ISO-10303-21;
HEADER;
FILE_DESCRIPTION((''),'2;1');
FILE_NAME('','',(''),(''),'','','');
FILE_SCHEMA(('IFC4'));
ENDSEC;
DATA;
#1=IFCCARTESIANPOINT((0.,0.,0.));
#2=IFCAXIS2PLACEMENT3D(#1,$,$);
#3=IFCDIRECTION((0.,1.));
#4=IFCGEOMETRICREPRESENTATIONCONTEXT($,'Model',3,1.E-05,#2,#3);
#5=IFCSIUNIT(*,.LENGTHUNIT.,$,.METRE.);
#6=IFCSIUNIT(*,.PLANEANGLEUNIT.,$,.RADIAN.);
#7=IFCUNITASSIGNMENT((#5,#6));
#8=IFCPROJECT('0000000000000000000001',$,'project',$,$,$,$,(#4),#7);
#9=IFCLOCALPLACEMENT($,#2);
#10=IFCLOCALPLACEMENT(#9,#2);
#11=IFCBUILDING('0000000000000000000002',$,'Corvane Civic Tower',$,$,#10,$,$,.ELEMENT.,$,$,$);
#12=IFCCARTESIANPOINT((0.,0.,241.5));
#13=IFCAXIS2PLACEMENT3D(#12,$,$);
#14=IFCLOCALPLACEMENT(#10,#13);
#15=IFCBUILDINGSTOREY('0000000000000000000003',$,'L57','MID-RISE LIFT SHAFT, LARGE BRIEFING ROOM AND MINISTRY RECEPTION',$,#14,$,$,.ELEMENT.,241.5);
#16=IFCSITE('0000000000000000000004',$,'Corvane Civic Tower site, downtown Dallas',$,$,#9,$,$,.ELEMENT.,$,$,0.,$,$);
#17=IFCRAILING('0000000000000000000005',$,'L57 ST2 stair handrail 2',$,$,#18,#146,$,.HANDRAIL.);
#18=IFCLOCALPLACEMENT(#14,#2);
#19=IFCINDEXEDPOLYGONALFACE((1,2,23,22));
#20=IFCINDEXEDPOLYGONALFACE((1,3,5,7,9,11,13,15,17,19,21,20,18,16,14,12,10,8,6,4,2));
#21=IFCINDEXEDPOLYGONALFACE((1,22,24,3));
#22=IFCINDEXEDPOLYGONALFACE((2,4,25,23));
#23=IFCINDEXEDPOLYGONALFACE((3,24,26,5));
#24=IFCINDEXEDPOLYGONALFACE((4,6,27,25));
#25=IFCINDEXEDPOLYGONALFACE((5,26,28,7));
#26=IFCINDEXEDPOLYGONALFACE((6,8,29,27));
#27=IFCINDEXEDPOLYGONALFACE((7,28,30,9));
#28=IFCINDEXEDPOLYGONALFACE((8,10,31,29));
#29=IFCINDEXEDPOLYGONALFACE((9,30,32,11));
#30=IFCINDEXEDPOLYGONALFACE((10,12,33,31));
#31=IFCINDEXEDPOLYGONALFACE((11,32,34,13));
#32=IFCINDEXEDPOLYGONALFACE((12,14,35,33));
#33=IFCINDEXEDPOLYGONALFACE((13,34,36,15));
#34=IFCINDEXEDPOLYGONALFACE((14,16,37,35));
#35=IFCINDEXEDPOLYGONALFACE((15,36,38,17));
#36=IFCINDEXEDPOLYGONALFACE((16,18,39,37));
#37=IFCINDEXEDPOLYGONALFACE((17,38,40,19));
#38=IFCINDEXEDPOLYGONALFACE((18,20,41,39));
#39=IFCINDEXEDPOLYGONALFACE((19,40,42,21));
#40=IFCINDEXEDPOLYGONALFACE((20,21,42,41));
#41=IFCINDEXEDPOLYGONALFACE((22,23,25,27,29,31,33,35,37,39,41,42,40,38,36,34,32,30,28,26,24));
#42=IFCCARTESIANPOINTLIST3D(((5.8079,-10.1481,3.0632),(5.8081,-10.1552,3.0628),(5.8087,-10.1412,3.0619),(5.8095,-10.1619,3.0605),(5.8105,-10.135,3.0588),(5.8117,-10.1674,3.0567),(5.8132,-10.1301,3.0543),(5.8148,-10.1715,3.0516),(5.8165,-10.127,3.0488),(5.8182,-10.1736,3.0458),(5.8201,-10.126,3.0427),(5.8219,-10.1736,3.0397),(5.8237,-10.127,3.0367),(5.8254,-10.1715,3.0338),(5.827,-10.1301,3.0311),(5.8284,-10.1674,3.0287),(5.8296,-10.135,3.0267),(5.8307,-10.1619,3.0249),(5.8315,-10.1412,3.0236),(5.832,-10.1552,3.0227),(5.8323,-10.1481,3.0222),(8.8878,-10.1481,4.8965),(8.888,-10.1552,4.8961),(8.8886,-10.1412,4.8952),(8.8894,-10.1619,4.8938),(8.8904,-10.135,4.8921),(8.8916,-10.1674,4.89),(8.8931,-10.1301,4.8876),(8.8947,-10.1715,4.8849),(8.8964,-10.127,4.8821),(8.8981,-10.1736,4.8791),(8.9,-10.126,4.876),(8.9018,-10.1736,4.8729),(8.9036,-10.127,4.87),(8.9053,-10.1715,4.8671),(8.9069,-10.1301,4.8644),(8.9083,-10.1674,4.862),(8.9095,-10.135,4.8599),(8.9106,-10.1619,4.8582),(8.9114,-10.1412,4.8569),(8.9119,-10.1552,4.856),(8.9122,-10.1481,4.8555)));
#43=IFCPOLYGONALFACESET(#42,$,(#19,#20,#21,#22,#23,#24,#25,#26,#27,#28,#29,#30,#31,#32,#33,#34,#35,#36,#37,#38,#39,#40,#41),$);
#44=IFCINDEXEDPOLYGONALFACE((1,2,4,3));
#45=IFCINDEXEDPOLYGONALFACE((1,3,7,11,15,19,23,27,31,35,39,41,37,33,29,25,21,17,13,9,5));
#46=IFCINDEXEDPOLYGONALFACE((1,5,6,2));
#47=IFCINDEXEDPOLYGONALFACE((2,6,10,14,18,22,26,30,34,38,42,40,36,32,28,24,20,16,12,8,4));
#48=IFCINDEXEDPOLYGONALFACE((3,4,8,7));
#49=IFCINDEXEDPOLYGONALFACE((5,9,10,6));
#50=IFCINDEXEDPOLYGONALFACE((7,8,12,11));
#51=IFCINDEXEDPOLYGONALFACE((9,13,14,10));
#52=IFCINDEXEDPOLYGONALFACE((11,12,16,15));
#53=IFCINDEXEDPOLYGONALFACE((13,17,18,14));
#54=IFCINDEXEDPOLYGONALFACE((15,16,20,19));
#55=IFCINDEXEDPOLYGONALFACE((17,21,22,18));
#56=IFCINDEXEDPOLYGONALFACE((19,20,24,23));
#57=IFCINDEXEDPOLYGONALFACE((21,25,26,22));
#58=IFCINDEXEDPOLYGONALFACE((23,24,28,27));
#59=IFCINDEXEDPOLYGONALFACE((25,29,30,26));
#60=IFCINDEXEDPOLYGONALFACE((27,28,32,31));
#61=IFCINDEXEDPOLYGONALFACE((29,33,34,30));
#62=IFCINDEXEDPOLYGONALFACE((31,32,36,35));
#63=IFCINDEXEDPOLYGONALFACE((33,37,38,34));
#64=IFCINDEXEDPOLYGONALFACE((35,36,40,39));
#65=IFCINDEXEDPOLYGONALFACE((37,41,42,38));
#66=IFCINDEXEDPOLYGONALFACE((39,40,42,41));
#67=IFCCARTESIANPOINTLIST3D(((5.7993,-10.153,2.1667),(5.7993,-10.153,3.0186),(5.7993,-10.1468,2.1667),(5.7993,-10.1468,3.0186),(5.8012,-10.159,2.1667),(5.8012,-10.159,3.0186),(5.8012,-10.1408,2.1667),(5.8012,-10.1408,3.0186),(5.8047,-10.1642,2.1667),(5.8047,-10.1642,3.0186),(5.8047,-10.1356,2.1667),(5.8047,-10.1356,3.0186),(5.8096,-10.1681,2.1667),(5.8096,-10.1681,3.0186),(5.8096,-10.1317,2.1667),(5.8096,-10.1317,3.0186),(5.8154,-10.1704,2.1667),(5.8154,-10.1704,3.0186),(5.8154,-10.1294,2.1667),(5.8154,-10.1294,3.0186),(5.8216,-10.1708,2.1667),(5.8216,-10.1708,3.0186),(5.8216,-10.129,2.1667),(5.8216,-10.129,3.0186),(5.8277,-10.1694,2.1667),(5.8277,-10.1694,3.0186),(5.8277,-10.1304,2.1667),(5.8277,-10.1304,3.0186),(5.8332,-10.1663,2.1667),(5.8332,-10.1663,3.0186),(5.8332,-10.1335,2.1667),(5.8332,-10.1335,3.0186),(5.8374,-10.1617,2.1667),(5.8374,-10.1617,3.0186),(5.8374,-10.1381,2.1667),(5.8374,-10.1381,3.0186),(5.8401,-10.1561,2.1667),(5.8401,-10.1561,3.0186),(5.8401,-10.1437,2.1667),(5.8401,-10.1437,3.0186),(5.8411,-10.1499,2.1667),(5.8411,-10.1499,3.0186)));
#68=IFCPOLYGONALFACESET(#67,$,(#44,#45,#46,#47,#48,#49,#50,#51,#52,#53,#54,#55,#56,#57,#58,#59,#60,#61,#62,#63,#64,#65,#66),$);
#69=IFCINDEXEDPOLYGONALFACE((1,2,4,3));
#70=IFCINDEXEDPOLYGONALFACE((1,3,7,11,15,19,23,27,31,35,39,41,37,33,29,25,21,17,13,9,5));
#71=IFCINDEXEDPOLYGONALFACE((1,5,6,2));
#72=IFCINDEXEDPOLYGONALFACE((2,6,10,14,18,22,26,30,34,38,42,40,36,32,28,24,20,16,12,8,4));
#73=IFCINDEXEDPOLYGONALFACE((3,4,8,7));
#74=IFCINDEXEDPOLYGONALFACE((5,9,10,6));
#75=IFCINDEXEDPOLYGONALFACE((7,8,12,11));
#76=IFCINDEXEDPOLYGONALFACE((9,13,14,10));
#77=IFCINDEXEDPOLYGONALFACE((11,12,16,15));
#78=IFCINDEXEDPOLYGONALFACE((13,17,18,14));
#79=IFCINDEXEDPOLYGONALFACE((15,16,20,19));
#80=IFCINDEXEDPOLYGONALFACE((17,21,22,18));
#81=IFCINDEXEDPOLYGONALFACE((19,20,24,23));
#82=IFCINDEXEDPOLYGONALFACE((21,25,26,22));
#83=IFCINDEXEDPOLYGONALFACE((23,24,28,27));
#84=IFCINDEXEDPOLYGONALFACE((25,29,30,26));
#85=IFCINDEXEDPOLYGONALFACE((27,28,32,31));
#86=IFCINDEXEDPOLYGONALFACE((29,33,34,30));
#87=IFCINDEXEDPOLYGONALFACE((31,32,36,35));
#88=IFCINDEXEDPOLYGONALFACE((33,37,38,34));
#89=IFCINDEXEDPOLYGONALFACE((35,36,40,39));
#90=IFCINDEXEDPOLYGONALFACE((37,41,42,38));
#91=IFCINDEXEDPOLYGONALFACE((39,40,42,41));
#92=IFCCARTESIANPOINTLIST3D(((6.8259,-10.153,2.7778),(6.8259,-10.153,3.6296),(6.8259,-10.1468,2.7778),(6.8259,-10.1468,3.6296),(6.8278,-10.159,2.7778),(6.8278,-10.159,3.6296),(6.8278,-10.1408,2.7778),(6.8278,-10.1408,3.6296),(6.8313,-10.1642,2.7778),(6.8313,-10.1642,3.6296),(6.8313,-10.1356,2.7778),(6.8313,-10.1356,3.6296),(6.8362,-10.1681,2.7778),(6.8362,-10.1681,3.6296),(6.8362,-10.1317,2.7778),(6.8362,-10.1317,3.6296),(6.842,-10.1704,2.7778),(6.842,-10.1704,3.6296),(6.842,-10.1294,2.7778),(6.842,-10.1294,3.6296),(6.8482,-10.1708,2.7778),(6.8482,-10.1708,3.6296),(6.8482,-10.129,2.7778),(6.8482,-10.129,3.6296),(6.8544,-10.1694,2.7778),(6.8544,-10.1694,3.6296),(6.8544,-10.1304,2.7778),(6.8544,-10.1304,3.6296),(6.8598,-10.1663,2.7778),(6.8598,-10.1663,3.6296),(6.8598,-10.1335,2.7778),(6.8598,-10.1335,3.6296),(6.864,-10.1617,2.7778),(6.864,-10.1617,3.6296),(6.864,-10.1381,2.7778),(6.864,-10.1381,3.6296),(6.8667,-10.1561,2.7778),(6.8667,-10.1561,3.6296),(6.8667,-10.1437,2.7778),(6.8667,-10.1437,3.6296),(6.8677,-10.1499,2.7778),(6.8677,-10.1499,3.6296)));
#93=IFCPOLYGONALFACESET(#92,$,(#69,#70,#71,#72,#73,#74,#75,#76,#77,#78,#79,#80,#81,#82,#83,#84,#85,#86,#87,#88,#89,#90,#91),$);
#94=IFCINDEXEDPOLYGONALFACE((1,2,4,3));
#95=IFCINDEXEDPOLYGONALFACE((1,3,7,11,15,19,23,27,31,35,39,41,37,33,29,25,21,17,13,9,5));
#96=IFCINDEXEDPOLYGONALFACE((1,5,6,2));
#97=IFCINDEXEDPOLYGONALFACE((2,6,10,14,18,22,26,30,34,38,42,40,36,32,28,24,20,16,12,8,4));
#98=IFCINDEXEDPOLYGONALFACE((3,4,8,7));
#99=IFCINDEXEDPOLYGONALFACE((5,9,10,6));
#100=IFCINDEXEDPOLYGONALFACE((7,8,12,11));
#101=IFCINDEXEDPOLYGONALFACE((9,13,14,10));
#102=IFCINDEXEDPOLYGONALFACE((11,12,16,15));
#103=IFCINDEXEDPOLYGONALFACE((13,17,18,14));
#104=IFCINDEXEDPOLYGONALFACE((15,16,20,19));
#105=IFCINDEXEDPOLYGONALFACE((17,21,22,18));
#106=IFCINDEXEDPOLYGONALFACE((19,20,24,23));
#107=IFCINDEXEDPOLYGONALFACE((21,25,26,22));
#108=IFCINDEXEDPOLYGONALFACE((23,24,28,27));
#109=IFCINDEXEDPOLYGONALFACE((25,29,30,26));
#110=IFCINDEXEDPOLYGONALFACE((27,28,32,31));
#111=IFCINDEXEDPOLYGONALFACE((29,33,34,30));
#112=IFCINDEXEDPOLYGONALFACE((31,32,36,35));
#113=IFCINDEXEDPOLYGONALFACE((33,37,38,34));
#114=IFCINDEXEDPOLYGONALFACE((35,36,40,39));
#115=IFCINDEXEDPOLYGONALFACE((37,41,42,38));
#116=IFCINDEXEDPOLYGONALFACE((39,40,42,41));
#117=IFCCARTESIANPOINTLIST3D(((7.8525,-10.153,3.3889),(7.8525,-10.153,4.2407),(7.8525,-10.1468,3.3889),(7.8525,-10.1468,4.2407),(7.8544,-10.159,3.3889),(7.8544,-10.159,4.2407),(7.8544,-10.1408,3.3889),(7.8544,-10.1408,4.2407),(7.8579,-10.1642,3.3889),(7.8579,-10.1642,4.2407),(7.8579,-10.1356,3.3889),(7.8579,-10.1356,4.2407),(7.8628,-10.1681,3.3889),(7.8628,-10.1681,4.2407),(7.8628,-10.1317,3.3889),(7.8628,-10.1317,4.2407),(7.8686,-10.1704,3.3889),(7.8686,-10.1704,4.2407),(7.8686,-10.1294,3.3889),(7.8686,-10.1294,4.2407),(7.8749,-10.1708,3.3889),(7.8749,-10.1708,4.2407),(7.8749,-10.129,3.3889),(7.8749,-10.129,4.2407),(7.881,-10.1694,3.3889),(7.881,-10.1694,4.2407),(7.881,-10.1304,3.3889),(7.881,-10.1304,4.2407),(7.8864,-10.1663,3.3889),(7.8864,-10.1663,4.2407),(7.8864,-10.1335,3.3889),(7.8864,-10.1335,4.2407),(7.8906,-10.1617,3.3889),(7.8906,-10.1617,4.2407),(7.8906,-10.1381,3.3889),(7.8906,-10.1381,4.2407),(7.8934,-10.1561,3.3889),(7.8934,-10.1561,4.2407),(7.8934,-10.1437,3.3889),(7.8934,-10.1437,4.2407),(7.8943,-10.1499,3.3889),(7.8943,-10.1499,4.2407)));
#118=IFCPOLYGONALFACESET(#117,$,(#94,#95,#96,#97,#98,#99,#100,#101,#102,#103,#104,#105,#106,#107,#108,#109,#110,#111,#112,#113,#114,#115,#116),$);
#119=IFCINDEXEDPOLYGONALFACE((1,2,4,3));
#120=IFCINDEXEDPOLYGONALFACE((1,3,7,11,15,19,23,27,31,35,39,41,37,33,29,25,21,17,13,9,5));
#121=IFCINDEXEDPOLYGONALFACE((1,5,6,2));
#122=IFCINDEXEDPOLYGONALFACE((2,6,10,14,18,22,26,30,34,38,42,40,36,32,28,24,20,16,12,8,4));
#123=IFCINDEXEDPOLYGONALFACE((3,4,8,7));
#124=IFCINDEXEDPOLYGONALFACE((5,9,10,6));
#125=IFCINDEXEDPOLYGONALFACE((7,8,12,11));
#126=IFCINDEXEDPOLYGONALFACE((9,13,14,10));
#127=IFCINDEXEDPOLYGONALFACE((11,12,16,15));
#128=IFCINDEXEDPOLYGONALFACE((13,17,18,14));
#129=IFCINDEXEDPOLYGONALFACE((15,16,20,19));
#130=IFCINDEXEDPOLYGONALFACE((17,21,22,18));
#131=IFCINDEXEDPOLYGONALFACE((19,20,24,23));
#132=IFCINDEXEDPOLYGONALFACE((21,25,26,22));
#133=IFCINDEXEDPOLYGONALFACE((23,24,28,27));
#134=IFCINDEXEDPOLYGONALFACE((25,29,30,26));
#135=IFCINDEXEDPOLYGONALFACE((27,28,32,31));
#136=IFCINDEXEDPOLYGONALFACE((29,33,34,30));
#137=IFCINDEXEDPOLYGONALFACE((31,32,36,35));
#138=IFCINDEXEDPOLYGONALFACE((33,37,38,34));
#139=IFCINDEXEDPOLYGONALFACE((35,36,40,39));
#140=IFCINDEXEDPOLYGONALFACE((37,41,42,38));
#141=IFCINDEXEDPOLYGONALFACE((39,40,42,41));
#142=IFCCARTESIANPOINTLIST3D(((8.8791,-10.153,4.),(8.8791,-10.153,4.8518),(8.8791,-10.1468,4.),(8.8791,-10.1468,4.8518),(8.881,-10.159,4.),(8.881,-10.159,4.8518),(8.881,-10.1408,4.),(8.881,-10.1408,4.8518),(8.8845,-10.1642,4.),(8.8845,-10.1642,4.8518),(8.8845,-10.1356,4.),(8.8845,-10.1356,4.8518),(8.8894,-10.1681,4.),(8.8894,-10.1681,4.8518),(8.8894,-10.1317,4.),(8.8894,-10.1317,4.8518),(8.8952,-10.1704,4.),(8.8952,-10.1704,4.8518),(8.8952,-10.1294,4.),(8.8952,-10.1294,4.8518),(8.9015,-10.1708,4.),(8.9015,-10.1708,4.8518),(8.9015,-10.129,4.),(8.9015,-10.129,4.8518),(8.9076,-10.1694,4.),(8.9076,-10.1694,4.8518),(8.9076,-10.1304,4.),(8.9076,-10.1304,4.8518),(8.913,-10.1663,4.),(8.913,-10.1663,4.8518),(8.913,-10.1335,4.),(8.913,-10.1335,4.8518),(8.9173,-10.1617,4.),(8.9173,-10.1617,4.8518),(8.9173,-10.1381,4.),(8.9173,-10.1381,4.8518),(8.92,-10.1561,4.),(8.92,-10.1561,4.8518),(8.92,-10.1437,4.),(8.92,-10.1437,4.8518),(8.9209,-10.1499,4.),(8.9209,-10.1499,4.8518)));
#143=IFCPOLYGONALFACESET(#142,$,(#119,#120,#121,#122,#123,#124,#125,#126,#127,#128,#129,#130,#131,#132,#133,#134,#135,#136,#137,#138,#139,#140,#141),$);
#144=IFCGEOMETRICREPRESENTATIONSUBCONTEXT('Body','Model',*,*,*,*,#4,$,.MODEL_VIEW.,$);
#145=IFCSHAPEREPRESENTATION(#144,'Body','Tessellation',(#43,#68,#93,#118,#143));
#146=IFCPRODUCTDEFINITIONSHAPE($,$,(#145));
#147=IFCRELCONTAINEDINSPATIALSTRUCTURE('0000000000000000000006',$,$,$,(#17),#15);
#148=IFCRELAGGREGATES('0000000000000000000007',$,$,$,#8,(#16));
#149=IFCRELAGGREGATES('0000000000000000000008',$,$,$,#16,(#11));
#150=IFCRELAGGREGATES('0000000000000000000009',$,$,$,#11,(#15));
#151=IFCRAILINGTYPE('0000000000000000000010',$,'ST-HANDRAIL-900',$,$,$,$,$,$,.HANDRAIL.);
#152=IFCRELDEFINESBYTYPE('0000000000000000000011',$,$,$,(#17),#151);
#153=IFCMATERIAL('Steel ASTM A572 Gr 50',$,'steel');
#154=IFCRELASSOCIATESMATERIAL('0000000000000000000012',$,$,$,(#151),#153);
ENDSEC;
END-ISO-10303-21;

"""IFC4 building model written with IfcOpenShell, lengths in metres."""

from ifc_helpers import new_model, si_unit, direction, frame, origin, origin_2d, place, context, subcontext, project, spatial, circle, extrude, material, type_object, element, save


model = new_model("IFC4")

# Units and contexts
model_context = context("Model", 3, precision=1e-05, world=origin(), true_north=direction((0.0, 1.0)))
body_context = subcontext(model_context, "Body", "Model", "MODEL_VIEW")
ifc_project = project(units=[si_unit("LENGTHUNIT", "METRE"), si_unit("PLANEANGLEUNIT", "RADIAN")], contexts=[model_context])

# Site, building, storey
site_placement = place(None, origin())
site = spatial("IfcSite", under=ifc_project, at=site_placement, Name="Corvane Civic Tower site, downtown Dallas", CompositionType="ELEMENT", RefElevation=0.0)
building_placement = place(site_placement, origin())
building = spatial("IfcBuilding", under=site, at=building_placement, Name="Corvane Civic Tower", CompositionType="ELEMENT")
storey_placement = place(building_placement, frame((0.0, 0.0, 241.5)))
storey = spatial("IfcBuildingStorey", under=building, at=storey_placement, Name="L57", Description="MID-RISE LIFT SHAFT, LARGE BRIEFING ROOM AND MINISTRY RECEPTION", CompositionType="ELEMENT", Elevation=241.5)

# Railing
ifc_material_1 = material(Name="Steel ASTM A572 Gr 50", Category="steel")
railing_type_1 = type_object("IfcRailingType", Name="ST-HANDRAIL-900", PredefinedType="HANDRAIL", material=ifc_material_1)
railing_1_placement = place(storey_placement, frame((5.8201, -10.1499, 2.1667)))
element("IfcRailing", 1, at=railing_1_placement, inside=storey, type_object=railing_type_1, Name="L57 ST2 stair handrail 2", PredefinedType="HANDRAIL", context=body_context, shape_type="SweptSolid", body=[
    extrude(circle(Radius=0.0239, at=origin_2d()), frame((0.0, 0.0, 0.876), z_axis=(0.859291, 0.0, 0.511487), x_axis=(0.0, 1.0, 0.0)), (0.0, 0.0, 1.0), 3.5842),
    extrude(circle(Radius=0.021, at=origin_2d()), origin(), (0.0, 0.0, 1.0), 0.8518),
    extrude(circle(Radius=0.021, at=origin_2d()), frame((1.0266, 0.0, 0.6111)), (0.0, 0.0, 1.0), 0.8518),
    extrude(circle(Radius=0.021, at=origin_2d()), frame((2.0532, 0.0, 1.2222)), (0.0, 0.0, 1.0), 0.8518),
    extrude(circle(Radius=0.021, at=origin_2d()), frame((3.0798, 0.0, 1.8333)), (0.0, 0.0, 1.0), 0.8518),
])

save(model, "model.ifc")
